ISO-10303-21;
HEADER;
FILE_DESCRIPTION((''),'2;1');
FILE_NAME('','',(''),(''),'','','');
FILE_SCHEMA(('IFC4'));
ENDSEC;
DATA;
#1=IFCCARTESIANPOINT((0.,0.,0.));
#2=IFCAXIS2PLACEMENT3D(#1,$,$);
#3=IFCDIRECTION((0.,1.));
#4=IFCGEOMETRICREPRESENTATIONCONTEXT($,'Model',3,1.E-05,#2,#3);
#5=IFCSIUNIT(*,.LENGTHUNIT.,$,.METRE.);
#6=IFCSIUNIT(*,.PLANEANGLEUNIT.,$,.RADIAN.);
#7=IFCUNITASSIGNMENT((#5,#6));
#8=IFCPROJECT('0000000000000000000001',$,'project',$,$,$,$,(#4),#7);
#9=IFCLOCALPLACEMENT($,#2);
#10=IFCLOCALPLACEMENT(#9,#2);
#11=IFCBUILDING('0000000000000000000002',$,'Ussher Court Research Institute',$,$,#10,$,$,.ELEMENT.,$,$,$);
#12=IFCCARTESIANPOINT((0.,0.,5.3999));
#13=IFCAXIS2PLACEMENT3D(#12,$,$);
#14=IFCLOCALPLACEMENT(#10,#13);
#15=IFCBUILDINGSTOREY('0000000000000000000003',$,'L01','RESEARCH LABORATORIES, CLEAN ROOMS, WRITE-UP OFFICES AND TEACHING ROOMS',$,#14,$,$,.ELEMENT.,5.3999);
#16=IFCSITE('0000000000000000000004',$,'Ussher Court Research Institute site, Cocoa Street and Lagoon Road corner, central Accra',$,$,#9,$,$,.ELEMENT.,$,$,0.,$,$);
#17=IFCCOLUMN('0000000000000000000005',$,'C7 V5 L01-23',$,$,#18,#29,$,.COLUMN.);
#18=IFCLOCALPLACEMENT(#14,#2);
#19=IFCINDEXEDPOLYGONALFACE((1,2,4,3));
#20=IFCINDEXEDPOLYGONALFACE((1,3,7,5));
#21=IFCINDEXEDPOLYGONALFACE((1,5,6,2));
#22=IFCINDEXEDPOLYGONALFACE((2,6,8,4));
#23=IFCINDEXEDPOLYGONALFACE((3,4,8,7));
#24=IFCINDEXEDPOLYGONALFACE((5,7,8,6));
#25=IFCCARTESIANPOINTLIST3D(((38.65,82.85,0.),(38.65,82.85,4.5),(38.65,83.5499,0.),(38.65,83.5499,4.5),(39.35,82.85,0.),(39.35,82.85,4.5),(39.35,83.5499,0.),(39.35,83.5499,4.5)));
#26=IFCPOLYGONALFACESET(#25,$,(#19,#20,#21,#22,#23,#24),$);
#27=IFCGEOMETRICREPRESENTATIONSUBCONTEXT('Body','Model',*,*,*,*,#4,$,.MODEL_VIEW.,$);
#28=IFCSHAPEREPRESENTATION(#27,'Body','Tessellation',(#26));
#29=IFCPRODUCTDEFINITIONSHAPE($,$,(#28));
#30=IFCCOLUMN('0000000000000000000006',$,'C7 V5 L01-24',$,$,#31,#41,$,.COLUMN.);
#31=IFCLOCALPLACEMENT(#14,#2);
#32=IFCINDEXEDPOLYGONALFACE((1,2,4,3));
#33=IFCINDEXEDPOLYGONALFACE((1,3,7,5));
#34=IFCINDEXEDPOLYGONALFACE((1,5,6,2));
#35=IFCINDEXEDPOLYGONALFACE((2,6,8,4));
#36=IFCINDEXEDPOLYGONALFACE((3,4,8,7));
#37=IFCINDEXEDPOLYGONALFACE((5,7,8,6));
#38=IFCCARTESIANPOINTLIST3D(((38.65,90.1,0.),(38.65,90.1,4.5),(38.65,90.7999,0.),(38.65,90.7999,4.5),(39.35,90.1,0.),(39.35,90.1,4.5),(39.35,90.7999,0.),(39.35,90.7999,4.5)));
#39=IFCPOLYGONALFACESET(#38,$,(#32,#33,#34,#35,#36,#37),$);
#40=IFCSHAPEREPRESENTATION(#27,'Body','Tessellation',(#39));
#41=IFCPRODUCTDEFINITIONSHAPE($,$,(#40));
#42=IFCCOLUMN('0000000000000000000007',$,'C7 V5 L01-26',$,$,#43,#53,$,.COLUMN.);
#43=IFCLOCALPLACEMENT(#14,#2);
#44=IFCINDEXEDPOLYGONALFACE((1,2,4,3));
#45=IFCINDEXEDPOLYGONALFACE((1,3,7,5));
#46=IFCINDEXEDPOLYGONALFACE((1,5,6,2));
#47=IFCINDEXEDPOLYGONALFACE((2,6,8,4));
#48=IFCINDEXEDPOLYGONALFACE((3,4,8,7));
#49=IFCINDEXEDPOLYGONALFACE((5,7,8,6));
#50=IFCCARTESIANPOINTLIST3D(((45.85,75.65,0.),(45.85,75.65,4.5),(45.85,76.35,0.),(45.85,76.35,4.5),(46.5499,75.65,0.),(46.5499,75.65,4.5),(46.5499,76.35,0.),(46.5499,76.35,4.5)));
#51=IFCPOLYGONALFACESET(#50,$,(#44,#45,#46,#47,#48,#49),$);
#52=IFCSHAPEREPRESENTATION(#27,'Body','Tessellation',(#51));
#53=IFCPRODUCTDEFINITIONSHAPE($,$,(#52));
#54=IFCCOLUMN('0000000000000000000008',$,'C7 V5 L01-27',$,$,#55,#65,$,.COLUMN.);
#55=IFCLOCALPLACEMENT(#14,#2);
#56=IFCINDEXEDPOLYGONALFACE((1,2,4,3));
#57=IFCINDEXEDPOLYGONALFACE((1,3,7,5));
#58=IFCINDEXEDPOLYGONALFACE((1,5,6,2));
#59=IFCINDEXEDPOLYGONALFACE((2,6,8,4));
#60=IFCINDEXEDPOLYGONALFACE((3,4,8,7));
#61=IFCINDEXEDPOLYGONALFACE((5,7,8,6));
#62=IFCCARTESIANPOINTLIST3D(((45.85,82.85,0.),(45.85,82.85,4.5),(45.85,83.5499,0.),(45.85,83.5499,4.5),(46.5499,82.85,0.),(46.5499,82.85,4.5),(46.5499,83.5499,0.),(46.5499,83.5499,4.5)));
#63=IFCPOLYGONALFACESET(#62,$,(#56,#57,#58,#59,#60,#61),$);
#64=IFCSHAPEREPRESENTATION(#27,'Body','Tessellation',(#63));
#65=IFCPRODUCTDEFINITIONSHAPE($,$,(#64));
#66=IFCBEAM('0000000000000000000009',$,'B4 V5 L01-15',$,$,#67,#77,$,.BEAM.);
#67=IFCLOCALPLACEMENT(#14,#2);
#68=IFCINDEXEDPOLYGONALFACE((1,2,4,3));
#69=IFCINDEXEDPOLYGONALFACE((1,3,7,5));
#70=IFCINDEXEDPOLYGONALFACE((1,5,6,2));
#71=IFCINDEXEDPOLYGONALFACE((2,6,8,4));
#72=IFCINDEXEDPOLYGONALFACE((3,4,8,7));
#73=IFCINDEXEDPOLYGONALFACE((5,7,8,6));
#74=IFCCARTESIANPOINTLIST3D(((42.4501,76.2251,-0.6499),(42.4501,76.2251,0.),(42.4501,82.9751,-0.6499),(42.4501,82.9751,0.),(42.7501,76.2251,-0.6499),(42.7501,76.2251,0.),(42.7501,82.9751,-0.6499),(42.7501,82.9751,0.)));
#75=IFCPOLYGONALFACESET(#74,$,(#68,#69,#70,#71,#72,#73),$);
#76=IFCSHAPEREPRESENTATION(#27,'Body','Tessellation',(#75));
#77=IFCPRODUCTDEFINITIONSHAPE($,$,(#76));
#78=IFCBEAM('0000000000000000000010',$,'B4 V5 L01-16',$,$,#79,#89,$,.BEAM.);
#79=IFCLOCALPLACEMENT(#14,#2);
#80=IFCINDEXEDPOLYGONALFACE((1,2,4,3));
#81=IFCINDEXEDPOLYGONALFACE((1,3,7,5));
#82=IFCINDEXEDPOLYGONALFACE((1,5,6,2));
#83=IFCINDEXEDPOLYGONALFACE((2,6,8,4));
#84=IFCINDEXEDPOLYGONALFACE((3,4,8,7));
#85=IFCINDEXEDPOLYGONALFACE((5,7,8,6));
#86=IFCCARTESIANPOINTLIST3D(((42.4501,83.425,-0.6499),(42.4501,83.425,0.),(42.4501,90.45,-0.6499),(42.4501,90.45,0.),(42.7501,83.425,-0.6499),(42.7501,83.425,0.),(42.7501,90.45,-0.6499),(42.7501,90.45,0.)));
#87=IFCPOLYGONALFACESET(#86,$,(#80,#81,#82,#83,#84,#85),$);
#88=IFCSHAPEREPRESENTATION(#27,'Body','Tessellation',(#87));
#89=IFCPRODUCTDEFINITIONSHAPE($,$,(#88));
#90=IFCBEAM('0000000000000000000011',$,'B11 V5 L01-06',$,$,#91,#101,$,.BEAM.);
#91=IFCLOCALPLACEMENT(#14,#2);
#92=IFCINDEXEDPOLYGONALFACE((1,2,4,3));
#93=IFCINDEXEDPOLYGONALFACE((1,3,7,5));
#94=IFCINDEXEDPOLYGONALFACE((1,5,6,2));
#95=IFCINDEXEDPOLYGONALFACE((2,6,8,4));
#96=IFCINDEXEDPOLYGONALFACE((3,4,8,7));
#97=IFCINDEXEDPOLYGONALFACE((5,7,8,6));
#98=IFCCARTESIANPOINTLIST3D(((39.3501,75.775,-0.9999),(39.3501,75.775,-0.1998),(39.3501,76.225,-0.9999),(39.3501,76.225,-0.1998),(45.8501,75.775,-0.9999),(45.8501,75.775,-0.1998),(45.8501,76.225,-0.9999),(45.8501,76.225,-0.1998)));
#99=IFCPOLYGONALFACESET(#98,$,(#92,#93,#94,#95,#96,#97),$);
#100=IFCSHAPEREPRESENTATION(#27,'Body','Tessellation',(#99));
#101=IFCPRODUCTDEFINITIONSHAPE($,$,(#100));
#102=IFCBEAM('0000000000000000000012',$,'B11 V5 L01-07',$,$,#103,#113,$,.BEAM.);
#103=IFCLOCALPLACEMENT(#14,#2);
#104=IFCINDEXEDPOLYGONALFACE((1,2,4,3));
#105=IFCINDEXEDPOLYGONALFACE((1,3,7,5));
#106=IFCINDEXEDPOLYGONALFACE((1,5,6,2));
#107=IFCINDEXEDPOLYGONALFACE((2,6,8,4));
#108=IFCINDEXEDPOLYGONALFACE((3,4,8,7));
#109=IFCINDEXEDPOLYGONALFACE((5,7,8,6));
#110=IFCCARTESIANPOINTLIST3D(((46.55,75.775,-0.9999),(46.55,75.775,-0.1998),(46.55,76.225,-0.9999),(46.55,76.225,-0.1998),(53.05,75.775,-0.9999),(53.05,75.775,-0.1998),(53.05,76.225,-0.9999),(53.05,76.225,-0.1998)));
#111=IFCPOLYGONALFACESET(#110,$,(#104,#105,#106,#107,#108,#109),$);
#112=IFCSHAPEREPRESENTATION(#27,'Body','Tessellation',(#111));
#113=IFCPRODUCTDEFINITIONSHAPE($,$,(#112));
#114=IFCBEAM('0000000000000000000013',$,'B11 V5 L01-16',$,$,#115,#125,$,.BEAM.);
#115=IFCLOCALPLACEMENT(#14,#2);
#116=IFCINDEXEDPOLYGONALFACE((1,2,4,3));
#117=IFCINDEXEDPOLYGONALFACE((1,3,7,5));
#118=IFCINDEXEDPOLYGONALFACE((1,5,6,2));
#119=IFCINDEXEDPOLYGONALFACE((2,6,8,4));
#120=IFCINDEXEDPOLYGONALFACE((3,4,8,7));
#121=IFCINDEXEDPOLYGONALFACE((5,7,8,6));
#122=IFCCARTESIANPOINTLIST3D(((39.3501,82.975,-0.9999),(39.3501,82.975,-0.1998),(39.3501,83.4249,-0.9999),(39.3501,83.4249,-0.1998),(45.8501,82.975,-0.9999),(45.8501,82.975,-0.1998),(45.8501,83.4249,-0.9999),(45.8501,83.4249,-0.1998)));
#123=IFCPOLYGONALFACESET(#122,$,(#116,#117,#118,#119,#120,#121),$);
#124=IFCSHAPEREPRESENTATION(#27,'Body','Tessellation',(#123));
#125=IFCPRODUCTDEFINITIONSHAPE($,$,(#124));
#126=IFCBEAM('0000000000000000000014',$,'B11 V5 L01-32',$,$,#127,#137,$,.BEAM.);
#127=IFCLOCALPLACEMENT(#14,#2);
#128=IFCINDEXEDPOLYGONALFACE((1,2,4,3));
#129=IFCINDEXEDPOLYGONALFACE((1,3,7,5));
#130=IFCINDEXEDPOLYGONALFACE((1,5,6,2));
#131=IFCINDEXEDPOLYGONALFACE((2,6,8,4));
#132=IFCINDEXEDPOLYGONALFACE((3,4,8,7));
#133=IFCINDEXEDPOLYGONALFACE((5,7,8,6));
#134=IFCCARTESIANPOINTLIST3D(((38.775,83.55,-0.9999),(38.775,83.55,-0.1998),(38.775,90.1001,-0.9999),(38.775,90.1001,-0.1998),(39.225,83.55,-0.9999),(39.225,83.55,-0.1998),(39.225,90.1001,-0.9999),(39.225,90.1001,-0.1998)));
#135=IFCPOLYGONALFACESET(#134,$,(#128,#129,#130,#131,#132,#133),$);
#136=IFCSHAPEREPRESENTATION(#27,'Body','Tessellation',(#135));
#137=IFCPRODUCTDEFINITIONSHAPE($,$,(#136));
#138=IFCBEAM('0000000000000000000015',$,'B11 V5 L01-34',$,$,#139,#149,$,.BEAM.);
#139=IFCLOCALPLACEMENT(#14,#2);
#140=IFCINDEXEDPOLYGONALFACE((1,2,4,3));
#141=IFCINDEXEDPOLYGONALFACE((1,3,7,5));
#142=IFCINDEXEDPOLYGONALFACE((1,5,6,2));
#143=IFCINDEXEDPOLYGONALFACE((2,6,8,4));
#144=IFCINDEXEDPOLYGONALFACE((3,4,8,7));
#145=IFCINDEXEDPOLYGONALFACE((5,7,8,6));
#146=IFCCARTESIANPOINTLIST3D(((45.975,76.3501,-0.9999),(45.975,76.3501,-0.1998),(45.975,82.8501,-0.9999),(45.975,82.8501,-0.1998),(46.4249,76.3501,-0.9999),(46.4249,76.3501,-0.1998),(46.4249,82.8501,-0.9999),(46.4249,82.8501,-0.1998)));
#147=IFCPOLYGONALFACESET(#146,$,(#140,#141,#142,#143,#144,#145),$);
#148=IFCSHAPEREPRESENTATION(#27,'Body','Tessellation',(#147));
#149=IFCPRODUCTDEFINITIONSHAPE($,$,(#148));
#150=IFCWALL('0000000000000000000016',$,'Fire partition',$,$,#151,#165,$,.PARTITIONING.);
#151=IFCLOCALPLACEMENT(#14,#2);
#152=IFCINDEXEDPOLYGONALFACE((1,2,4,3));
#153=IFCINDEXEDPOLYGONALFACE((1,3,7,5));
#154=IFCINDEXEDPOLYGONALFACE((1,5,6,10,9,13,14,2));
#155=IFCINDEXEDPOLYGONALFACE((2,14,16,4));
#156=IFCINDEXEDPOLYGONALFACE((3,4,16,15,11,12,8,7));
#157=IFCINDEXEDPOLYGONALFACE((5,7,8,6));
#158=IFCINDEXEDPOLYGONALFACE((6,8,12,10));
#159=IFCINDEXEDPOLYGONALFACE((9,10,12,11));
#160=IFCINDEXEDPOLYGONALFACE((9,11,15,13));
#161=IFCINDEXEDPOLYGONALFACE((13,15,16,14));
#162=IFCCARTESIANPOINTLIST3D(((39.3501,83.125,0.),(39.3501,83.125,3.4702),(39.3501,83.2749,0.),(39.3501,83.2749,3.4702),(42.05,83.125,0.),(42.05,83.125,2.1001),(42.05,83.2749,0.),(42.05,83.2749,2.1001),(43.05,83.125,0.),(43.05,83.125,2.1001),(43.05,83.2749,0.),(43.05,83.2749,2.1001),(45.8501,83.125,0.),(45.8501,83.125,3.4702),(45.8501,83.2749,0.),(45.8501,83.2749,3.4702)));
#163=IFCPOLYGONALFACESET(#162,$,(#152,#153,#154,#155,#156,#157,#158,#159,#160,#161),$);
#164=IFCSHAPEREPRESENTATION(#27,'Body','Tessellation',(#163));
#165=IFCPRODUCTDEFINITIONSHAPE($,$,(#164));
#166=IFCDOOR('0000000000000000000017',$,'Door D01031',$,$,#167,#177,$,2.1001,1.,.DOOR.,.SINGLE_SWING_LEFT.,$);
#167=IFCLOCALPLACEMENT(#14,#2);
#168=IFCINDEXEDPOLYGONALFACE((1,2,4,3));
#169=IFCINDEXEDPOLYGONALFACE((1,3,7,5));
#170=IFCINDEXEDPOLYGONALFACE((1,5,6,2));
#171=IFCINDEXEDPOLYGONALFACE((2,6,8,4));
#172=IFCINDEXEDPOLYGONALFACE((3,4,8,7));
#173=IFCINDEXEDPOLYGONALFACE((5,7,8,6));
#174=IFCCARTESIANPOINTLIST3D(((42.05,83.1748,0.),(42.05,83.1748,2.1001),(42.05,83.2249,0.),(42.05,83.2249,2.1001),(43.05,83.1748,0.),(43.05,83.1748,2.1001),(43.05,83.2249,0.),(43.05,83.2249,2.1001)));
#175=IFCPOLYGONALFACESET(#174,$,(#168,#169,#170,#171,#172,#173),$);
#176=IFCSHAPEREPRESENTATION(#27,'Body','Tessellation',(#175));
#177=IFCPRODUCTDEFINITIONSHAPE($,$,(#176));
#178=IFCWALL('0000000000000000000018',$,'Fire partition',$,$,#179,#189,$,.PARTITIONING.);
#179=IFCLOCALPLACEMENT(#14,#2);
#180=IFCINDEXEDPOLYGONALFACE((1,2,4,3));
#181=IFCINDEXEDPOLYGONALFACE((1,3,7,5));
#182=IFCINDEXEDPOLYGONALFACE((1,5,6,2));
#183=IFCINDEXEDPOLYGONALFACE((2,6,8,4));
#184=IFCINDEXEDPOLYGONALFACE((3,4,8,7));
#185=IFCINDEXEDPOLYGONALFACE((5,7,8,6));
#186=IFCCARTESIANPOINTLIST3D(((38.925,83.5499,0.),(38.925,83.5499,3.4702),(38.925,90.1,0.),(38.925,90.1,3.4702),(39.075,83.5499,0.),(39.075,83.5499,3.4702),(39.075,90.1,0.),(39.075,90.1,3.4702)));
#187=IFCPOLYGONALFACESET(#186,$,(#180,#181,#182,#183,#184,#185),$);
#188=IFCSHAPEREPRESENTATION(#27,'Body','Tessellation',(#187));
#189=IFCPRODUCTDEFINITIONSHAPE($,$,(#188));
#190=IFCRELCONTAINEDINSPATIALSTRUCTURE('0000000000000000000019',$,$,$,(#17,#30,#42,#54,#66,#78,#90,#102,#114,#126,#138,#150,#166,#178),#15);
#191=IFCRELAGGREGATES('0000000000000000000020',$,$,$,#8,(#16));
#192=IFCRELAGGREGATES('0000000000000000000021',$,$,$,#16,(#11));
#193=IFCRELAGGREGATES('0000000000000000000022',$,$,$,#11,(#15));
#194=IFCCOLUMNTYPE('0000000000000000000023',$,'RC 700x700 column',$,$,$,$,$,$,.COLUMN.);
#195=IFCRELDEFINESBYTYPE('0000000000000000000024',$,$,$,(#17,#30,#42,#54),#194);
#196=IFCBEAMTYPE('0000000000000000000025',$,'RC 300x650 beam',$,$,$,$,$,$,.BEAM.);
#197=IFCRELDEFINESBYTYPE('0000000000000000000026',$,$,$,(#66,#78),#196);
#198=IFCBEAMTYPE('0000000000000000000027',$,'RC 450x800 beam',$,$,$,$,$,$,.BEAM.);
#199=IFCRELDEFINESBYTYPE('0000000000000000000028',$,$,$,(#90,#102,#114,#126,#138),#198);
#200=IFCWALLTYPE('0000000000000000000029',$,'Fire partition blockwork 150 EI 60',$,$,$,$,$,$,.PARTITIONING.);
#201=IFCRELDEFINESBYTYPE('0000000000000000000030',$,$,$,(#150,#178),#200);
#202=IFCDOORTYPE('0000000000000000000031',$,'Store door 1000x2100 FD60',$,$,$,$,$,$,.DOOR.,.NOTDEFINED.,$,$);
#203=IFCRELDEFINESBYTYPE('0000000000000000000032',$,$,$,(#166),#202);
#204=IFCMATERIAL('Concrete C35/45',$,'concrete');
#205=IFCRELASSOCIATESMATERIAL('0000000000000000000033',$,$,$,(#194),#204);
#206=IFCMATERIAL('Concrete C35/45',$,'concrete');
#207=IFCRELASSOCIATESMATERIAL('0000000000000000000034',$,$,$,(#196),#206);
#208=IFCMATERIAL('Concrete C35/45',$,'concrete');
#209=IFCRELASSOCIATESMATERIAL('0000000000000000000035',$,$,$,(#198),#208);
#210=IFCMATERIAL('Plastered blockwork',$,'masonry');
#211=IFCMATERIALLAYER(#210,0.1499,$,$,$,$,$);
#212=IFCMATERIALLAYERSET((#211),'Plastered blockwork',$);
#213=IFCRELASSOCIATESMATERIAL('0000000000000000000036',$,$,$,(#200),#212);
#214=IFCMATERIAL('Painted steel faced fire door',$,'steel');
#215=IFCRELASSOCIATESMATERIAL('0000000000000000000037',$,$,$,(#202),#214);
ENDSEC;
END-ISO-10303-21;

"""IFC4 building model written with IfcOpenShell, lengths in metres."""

from ifc_helpers import new_model, si_unit, direction, frame, frame_2d, origin, origin_2d, place, context, subcontext, project, spatial, rectangle, extrude, material, layer, layer_set, material_profile, profile_set, type_object, element, fill, save


model = new_model("IFC4")

# Units and contexts
model_context = context("Model", 3, precision=1e-05, world=origin(), true_north=direction((0.0, 1.0)))
body_context = subcontext(model_context, "Body", "Model", "MODEL_VIEW")
ifc_project = project(units=[si_unit("LENGTHUNIT", "METRE"), si_unit("PLANEANGLEUNIT", "RADIAN")], contexts=[model_context])

# Site, building, storey
site_placement = place(None, origin())
site = spatial("IfcSite", under=ifc_project, at=site_placement, Name="Ussher Court Research Institute site, Cocoa Street and Lagoon Road corner, central Accra", CompositionType="ELEMENT", RefElevation=0.0)
building_placement = place(site_placement, origin())
building = spatial("IfcBuilding", under=site, at=building_placement, Name="Ussher Court Research Institute", CompositionType="ELEMENT")
storey_placement = place(building_placement, frame((0.0, 0.0, 5.3999)))
storey = spatial("IfcBuildingStorey", under=building, at=storey_placement, Name="L01", Description="RESEARCH LABORATORIES, CLEAN ROOMS, WRITE-UP OFFICES AND TEACHING ROOMS", CompositionType="ELEMENT", Elevation=5.3999)

# Columns
ifc_material_1 = material(Name="Concrete C35/45", Category="concrete")
ifc_material_profile_1 = material_profile(ifc_material_1, rectangle(XDim=0.7, YDim=0.7, at=origin_2d()), Name="RC 700x700")
ifc_profile_set_1 = profile_set([ifc_material_profile_1], Name="Concrete C35/45")
column_type = type_object("IfcColumnType", Name="RC 700x700 column", PredefinedType="COLUMN", material=ifc_profile_set_1)
for number, where, z_axis, x_axis, name in (
    (1, (39.0, 83.2, 0.0), (0.0, 0.0, 1.0), (1.0, 0.0, 0.0), "C7 V5 L01-23"),
    (2, (39.0, 90.45, 0.0), (0.0, 0.0, 1.0), (1.0, 0.0, 0.0), "C7 V5 L01-24"),
    (3, (46.2, 76.0, 0.0), (0.0, 0.0, 1.0), (1.0, 0.0, 0.0), "C7 V5 L01-26"),
    (4, (46.2, 83.2, 0.0), (0.0, 0.0, 1.0), (1.0, 0.0, 0.0), "C7 V5 L01-27"),
):
    element("IfcColumn", number, at=place(storey_placement, frame(where, z_axis=z_axis, x_axis=x_axis)), inside=storey, type_object=column_type, Name=name, PredefinedType="COLUMN", context=body_context, shape_type="SweptSolid", body=[
        extrude(rectangle(XDim=0.7, YDim=0.7, at=origin_2d()), origin(), (0.0, 0.0, 1.0), 4.5),
    ])

# Beams
ifc_material_2 = material(Name="Concrete C35/45", Category="concrete")
ifc_material_profile_2 = material_profile(ifc_material_2, rectangle(XDim=0.3, YDim=0.6499, at=origin_2d()), Name="RC 300x650")
ifc_profile_set_2 = profile_set([ifc_material_profile_2], Name="Concrete C35/45")
beam_type_1 = type_object("IfcBeamType", Name="RC 300x650 beam", PredefinedType="BEAM", material=ifc_profile_set_2)
beam_1_placement = place(storey_placement, frame((42.6001, 76.2251, -0.325), z_axis=(0.0, 1.0, 0.0), x_axis=(-1.0, 0.0, 0.0)))
element("IfcBeam", 5, at=beam_1_placement, inside=storey, type_object=beam_type_1, Name="B4 V5 L01-15", PredefinedType="BEAM", context=body_context, shape_type="SweptSolid", body=[
    extrude(rectangle(XDim=0.3, YDim=0.6499, at=origin_2d()), origin(), (0.0, 0.0, 1.0), 6.75),
])
beam_2_placement = place(storey_placement, frame((42.6001, 83.425, -0.325), z_axis=(0.0, 1.0, 0.0), x_axis=(-1.0, 0.0, 0.0)))
element("IfcBeam", 6, at=beam_2_placement, inside=storey, type_object=beam_type_1, Name="B4 V5 L01-16", PredefinedType="BEAM", context=body_context, shape_type="SweptSolid", body=[
    extrude(rectangle(XDim=0.3, YDim=0.6499, at=origin_2d()), origin(), (0.0, 0.0, 1.0), 7.0249),
])
ifc_material_3 = material(Name="Concrete C35/45", Category="concrete")
ifc_material_profile_3 = material_profile(ifc_material_3, rectangle(XDim=0.45, YDim=0.8, at=origin_2d()), Name="RC 450x800")
ifc_profile_set_3 = profile_set([ifc_material_profile_3], Name="Concrete C35/45")
beam_type_2 = type_object("IfcBeamType", Name="RC 450x800 beam", PredefinedType="BEAM", material=ifc_profile_set_3)
for number, where, z_axis, x_axis, name in (
    (7, (39.3501, 76.0, -0.5999), (1.0, 0.0, 0.0), (0.0, 1.0, 0.0), "B11 V5 L01-06"),
    (8, (46.55, 76.0, -0.5999), (1.0, 0.0, 0.0), (0.0, 1.0, 0.0), "B11 V5 L01-07"),
    (9, (39.3501, 83.2, -0.5999), (1.0, 0.0, 0.0), (0.0, 1.0, 0.0), "B11 V5 L01-16"),
):
    element("IfcBeam", number, at=place(storey_placement, frame(where, z_axis=z_axis, x_axis=x_axis)), inside=storey, type_object=beam_type_2, Name=name, PredefinedType="BEAM", context=body_context, shape_type="SweptSolid", body=[
        extrude(rectangle(XDim=0.45, YDim=0.8, at=origin_2d()), origin(), (0.0, 0.0, 1.0), 6.5),
    ])
beam_3_placement = place(storey_placement, frame((39.0, 83.55, -0.5999), z_axis=(0.0, 1.0, 0.0), x_axis=(-1.0, 0.0, 0.0)))
element("IfcBeam", 10, at=beam_3_placement, inside=storey, type_object=beam_type_2, Name="B11 V5 L01-32", PredefinedType="BEAM", context=body_context, shape_type="SweptSolid", body=[
    extrude(rectangle(XDim=0.45, YDim=0.8, at=origin_2d()), origin(), (0.0, 0.0, 1.0), 6.55),
])
beam_4_placement = place(storey_placement, frame((46.2, 76.3501, -0.5999), z_axis=(0.0, 1.0, 0.0), x_axis=(-1.0, 0.0, 0.0)))
element("IfcBeam", 11, at=beam_4_placement, inside=storey, type_object=beam_type_2, Name="B11 V5 L01-34", PredefinedType="BEAM", context=body_context, shape_type="SweptSolid", body=[
    extrude(rectangle(XDim=0.45, YDim=0.8, at=origin_2d()), origin(), (0.0, 0.0, 1.0), 6.5),
])

# Wall, opening, door
ifc_material_4 = material(Name="Plastered blockwork", Category="masonry")
ifc_layer_1 = layer(ifc_material_4, 0.1499)
ifc_layer_set_1 = layer_set([ifc_layer_1], Name="Plastered blockwork")
wall_type_1 = type_object("IfcWallType", Name="Fire partition blockwork 150 EI 60", PredefinedType="PARTITIONING", material=ifc_layer_set_1)
wall_1_placement = place(storey_placement, frame((39.3501, 83.2, 0.0), z_axis=(0.0, 0.0, 1.0), x_axis=(1.0, 0.0, 0.0)))
wall_1 = element("IfcWall", 12, at=wall_1_placement, inside=storey, type_object=wall_type_1, Name="Fire partition", PredefinedType="PARTITIONING", context=body_context, shape_type="SweptSolid", body=[
    extrude(rectangle(XDim=6.5, YDim=0.1499, at=frame_2d((3.25, 0.0))), origin(), (0.0, 0.0, 1.0), 3.4702),
])
opening_1_placement = place(wall_1_placement, frame((2.7, 0.0, 0.0)))
opening_1 = element("IfcOpeningElement", 13, at=opening_1_placement, cuts=wall_1, PredefinedType="OPENING", context=body_context, shape_type="SweptSolid", body=[
    extrude(rectangle(XDim=1.0, YDim=2.1001, at=frame_2d((0.5, 1.05))), frame((0.0, 0.085, 0.0), z_axis=(0.0, -1.0, 0.0), x_axis=(1.0, 0.0, 0.0)), (0.0, 0.0, 1.0), 0.1699),
])
ifc_material_5 = material(Name="Painted steel faced fire door", Category="steel")
door_type_1 = type_object("IfcDoorType", Name="Store door 1000x2100 FD60", OperationType="NOTDEFINED", PredefinedType="DOOR", material=ifc_material_5)
door_1_placement = place(opening_1_placement, origin())
door_1 = element("IfcDoor", 14, at=door_1_placement, inside=storey, type_object=door_type_1, Name="Door D01031", OperationType="SINGLE_SWING_LEFT", OverallHeight=2.1001, OverallWidth=1.0, PredefinedType="DOOR", context=body_context, shape_type="SweptSolid", body=[
    extrude(rectangle(XDim=1.0, YDim=2.1001, at=frame_2d((0.5, 1.05))), frame((0.0, 0.0249, 0.0), z_axis=(0.0, -1.0, 0.0), x_axis=(1.0, 0.0, 0.0)), (0.0, 0.0, 1.0), 0.05),
])
fill(opening_1, door_1)

# Wall
wall_2_placement = place(storey_placement, frame((39.0, 83.55, 0.0), z_axis=(0.0, 0.0, 1.0), x_axis=(0.0, 1.0, 0.0)))
element("IfcWall", 15, at=wall_2_placement, inside=storey, type_object=wall_type_1, Name="Fire partition", PredefinedType="PARTITIONING", context=body_context, shape_type="SweptSolid", body=[
    extrude(rectangle(XDim=6.55, YDim=0.1499, at=frame_2d((3.2749, 0.0))), origin(), (0.0, 0.0, 1.0), 3.4702),
])

save(model, "model.ifc")
